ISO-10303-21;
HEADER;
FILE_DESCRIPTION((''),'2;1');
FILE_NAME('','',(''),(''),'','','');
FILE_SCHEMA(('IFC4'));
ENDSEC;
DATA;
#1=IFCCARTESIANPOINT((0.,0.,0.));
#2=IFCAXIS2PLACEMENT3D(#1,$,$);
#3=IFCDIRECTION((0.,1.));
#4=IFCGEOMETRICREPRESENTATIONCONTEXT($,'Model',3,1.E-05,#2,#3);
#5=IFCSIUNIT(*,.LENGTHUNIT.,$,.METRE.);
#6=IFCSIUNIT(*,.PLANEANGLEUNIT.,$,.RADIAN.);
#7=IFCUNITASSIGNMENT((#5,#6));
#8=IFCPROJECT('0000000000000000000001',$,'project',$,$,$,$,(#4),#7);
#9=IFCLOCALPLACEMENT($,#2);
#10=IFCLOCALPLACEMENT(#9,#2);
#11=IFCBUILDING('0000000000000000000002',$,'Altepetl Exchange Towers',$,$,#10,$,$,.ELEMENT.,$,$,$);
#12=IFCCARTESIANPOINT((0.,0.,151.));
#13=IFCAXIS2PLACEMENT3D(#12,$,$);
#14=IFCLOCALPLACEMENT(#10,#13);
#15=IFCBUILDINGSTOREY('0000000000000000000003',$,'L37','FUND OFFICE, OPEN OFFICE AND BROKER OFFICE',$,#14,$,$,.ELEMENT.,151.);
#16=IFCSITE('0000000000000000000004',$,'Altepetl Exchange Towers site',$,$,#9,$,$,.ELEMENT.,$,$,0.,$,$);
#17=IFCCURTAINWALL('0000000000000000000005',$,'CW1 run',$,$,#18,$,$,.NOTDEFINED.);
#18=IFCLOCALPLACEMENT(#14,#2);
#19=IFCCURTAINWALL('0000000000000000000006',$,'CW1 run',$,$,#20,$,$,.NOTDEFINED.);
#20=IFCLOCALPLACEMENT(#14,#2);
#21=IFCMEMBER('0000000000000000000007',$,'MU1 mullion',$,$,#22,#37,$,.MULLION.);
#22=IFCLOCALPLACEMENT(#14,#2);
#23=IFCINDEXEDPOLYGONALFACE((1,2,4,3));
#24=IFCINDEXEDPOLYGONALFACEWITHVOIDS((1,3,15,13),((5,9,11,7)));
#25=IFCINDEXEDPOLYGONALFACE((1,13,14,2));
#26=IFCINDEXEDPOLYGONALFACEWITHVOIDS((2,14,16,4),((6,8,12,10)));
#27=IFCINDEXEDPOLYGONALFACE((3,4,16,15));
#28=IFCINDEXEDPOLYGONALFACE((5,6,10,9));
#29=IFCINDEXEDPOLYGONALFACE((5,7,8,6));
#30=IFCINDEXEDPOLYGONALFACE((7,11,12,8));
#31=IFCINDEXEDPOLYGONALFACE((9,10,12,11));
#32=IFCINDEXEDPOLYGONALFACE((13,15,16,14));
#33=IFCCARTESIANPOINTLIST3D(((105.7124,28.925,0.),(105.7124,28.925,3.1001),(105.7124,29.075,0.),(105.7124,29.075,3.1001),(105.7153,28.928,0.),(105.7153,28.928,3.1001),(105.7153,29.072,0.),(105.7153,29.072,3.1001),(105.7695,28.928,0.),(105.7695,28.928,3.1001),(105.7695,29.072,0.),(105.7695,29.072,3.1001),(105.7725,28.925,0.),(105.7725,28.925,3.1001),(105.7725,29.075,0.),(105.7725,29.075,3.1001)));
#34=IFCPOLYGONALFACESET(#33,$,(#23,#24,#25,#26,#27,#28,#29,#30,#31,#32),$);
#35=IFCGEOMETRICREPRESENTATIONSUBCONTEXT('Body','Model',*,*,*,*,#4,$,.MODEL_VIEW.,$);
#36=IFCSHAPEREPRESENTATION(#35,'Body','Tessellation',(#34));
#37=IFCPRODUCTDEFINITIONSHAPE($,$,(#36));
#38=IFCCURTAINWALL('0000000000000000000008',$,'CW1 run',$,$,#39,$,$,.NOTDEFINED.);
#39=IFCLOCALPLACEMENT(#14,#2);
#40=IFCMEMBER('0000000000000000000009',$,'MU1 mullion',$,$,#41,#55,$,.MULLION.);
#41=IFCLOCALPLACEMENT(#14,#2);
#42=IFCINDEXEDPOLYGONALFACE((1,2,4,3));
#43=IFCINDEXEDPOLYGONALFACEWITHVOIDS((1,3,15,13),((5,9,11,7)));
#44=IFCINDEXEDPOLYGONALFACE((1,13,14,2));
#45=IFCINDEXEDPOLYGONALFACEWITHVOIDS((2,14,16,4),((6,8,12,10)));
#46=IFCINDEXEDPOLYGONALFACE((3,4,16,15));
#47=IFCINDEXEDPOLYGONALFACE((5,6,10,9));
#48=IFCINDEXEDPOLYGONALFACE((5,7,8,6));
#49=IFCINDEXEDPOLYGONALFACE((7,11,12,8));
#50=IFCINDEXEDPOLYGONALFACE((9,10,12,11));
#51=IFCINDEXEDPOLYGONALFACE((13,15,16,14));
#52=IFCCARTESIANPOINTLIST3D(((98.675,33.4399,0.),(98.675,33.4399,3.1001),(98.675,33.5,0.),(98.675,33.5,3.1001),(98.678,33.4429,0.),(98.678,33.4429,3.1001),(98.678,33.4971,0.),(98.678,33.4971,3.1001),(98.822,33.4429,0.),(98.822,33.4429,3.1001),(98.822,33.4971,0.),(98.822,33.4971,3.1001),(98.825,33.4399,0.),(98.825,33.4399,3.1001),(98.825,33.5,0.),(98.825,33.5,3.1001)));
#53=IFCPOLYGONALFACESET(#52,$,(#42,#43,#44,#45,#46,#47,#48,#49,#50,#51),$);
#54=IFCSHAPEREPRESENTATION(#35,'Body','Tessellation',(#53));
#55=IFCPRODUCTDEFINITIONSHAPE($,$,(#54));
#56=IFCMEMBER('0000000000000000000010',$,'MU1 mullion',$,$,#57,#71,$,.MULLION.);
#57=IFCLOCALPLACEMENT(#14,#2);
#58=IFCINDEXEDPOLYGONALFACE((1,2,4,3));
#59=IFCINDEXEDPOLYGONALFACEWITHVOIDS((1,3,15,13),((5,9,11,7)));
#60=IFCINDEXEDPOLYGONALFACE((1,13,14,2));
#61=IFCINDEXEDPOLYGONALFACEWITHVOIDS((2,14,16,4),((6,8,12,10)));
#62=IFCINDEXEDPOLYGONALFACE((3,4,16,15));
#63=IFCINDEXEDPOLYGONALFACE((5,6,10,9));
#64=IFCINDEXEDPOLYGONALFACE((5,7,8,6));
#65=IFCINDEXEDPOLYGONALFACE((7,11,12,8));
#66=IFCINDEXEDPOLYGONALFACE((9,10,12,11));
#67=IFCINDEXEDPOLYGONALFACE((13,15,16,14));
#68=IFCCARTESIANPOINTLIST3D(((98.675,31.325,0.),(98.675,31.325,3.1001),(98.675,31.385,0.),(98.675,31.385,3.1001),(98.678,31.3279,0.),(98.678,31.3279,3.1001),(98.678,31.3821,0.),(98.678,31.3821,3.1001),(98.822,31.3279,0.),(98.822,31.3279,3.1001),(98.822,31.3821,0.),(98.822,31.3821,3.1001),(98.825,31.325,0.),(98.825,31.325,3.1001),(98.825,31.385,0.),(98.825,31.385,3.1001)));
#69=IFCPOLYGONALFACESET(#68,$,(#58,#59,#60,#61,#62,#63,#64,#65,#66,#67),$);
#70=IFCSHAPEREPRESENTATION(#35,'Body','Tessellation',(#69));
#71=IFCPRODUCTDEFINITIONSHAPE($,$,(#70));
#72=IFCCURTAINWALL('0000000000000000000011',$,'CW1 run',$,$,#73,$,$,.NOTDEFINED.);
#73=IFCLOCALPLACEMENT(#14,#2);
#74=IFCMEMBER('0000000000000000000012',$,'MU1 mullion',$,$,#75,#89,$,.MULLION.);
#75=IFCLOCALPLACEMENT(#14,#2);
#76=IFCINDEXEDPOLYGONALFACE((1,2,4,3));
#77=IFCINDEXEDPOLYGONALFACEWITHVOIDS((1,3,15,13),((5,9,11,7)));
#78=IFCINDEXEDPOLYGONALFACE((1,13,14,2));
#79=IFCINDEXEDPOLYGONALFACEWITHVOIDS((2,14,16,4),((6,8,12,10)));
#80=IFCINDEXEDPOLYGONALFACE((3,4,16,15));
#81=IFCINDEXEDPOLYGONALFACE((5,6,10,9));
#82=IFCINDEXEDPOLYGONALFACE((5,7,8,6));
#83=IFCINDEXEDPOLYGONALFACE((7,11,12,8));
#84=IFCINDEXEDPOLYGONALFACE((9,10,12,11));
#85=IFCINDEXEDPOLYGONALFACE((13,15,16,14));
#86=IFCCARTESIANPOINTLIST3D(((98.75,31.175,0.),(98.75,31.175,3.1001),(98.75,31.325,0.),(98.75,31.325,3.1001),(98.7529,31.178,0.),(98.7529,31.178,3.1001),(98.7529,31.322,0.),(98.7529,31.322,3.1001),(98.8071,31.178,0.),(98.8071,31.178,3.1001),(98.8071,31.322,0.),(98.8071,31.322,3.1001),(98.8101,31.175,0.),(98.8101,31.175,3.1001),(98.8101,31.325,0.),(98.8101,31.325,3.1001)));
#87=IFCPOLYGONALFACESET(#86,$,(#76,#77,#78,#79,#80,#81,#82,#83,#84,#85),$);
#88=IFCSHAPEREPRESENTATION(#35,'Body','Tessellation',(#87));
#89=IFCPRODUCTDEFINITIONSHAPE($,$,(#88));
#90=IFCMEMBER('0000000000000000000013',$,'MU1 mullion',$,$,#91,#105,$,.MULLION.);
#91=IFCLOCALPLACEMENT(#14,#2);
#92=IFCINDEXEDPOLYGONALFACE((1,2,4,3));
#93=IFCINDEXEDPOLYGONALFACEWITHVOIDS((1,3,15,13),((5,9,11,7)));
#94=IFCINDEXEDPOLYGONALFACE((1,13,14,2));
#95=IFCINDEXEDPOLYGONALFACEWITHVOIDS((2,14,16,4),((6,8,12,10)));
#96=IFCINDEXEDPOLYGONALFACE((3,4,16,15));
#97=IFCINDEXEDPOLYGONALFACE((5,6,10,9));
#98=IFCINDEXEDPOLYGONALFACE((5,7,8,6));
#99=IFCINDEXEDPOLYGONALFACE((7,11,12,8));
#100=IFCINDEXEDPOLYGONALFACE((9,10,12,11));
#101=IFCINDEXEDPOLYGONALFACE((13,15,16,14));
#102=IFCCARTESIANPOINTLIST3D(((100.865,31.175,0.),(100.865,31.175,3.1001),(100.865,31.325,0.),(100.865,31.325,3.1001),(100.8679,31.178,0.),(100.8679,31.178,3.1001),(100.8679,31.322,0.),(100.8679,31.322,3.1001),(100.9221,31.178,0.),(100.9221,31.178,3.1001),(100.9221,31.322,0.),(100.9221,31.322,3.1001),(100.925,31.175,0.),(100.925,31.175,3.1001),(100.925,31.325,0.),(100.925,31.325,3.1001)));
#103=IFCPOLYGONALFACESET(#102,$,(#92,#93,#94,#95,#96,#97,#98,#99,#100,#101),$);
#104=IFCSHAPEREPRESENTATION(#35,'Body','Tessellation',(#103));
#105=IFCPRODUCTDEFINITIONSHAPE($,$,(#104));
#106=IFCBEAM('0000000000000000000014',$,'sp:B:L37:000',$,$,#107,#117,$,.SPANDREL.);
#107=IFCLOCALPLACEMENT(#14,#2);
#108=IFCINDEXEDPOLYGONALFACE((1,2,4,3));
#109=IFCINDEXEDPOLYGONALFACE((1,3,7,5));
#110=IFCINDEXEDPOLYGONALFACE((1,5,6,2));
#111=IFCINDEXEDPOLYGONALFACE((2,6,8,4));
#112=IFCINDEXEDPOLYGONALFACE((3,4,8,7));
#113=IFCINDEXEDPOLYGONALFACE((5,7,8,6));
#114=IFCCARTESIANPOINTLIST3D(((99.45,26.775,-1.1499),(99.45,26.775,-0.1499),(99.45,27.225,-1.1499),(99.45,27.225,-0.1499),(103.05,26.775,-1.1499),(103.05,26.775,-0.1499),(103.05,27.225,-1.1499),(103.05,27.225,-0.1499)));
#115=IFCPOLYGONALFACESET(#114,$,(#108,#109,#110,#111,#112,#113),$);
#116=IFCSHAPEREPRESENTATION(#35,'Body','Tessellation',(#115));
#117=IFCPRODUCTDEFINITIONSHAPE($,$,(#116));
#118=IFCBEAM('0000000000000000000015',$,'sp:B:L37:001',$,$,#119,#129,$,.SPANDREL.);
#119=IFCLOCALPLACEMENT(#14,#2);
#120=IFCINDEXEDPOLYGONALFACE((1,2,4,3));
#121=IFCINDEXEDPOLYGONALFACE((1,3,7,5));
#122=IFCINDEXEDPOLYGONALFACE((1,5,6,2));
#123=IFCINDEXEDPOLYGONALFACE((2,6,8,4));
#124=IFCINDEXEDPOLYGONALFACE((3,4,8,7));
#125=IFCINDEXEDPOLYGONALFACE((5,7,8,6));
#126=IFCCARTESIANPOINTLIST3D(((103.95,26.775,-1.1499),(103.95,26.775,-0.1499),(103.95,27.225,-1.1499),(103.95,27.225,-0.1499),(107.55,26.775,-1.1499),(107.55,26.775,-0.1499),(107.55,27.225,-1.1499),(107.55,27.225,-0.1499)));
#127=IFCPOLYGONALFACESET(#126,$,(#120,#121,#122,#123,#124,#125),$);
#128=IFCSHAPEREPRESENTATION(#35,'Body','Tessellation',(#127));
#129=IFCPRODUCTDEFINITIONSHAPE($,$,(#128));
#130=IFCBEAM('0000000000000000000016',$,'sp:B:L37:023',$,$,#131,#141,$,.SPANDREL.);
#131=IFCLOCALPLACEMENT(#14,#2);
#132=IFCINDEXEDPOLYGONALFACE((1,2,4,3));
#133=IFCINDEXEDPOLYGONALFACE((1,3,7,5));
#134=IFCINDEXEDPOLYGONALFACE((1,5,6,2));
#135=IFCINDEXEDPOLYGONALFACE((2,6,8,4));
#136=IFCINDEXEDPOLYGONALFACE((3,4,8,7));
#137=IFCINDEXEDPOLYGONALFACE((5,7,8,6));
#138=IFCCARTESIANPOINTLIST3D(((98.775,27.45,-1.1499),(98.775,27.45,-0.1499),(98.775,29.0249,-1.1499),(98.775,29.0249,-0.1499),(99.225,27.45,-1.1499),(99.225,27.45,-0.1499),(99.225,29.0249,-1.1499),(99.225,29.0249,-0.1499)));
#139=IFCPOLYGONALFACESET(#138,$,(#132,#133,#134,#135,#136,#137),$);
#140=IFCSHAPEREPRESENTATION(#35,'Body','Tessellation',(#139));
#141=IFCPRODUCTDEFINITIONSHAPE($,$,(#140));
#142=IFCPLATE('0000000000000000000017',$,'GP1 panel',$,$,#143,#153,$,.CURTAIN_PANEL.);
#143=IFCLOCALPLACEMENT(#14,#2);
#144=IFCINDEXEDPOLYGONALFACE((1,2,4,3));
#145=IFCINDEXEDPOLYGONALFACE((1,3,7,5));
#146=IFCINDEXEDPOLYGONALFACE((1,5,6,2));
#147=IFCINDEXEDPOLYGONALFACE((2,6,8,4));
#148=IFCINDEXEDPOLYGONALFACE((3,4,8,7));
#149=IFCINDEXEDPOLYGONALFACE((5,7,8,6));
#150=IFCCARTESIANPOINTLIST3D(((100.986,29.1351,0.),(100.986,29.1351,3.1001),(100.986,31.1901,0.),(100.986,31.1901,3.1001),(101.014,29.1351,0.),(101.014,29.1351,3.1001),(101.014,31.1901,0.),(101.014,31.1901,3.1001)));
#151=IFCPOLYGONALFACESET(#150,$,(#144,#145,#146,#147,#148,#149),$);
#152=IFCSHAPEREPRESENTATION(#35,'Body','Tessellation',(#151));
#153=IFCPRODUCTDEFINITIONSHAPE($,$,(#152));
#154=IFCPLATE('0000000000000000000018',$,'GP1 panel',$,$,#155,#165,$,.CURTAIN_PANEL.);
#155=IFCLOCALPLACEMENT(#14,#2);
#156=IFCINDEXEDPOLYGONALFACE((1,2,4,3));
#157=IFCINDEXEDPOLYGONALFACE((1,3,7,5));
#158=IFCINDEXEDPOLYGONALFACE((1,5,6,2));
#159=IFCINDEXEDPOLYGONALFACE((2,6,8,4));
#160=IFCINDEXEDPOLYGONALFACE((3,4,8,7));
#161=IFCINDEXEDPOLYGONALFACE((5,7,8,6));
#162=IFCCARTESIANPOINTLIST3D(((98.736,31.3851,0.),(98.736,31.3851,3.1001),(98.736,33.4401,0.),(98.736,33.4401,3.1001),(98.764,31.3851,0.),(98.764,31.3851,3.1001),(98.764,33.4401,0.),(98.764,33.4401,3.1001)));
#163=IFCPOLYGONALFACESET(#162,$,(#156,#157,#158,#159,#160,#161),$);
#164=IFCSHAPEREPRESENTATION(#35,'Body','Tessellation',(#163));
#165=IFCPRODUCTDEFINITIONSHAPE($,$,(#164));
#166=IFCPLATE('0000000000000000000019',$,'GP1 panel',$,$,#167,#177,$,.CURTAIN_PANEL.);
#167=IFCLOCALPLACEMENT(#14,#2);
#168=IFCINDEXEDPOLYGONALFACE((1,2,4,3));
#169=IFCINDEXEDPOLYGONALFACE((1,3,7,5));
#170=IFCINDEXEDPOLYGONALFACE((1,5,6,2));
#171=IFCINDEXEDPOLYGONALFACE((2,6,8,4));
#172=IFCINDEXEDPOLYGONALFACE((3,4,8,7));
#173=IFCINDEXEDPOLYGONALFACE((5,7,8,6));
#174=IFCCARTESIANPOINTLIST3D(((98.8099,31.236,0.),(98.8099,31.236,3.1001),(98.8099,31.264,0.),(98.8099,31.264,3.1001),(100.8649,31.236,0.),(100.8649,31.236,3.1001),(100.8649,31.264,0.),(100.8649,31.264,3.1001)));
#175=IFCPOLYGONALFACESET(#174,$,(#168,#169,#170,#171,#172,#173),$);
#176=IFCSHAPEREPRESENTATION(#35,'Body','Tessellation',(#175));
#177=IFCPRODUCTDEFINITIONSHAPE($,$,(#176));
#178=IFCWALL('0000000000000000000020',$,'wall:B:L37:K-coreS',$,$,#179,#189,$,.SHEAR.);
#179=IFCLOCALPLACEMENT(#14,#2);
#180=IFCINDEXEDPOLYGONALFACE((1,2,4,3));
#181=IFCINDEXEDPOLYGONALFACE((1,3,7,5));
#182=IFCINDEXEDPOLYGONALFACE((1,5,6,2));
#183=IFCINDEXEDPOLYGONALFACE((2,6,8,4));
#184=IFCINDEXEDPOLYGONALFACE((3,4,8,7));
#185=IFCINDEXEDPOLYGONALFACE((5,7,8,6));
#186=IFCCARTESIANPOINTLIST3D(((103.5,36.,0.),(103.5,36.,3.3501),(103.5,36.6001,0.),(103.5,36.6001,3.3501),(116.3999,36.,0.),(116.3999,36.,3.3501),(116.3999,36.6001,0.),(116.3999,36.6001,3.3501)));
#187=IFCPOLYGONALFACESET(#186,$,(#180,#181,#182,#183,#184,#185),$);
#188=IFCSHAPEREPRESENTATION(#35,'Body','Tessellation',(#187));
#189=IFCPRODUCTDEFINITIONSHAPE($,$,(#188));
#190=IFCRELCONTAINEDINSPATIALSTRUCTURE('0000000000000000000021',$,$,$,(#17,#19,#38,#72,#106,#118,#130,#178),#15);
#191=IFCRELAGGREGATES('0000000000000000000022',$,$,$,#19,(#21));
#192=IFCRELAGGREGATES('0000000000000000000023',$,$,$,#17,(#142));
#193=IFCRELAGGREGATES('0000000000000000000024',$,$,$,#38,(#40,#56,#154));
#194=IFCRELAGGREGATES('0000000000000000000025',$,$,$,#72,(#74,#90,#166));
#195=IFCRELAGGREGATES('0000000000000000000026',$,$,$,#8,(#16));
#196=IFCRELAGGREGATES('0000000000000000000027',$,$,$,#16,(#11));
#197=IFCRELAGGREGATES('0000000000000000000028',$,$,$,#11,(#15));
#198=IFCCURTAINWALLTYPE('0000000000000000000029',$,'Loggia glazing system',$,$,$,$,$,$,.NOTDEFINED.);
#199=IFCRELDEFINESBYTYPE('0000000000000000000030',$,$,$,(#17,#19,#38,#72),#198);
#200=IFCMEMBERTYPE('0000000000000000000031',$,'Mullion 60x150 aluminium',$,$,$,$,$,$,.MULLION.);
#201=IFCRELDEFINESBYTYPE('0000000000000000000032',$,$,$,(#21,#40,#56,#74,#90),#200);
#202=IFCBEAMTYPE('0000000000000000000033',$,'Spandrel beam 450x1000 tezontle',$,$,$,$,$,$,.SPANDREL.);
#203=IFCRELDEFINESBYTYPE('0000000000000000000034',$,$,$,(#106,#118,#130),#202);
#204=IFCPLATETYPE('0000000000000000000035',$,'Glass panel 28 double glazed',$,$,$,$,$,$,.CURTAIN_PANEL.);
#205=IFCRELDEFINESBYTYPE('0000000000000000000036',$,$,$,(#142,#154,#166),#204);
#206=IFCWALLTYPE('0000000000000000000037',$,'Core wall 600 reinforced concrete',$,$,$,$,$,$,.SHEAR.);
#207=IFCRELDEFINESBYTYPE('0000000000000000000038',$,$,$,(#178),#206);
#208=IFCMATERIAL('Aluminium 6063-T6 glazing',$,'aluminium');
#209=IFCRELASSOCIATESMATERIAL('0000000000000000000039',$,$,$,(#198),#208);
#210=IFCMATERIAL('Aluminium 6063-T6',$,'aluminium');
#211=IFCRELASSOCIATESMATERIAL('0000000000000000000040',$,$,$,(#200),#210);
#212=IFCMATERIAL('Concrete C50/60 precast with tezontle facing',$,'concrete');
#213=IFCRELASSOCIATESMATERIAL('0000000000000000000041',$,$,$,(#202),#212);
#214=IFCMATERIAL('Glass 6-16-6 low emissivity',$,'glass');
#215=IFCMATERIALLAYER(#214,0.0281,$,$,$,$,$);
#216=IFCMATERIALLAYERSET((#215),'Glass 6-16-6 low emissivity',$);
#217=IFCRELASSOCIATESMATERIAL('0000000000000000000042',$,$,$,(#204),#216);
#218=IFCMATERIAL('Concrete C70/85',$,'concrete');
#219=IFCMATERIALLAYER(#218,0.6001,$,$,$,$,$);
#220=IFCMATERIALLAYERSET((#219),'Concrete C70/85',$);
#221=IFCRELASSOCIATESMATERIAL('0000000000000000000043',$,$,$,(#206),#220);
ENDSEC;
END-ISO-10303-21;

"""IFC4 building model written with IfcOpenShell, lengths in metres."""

from ifc_helpers import new_model, si_unit, direction, frame, frame_2d, origin, origin_2d, place, context, subcontext, project, spatial, rectangle, hollow_rectangle, extrude, material, layer, layer_set, material_profile, profile_set, type_object, element, aggregate, save


model = new_model("IFC4")

# Units and contexts
model_context = context("Model", 3, precision=1e-05, world=origin(), true_north=direction((0.0, 1.0)))
body_context = subcontext(model_context, "Body", "Model", "MODEL_VIEW")
ifc_project = project(units=[si_unit("LENGTHUNIT", "METRE"), si_unit("PLANEANGLEUNIT", "RADIAN")], contexts=[model_context])

# Site, building, storey
site_placement = place(None, origin())
site = spatial("IfcSite", under=ifc_project, at=site_placement, Name="Altepetl Exchange Towers site", CompositionType="ELEMENT", RefElevation=0.0)
building_placement = place(site_placement, origin())
building = spatial("IfcBuilding", under=site, at=building_placement, Name="Altepetl Exchange Towers", CompositionType="ELEMENT")
storey_placement = place(building_placement, frame((0.0, 0.0, 151.0)))
storey = spatial("IfcBuildingStorey", under=building, at=storey_placement, Name="L37", Description="FUND OFFICE, OPEN OFFICE AND BROKER OFFICE", CompositionType="ELEMENT", Elevation=151.0)

# Shared definitions
ifc_material_1 = material(Name="Concrete C70/85", Category="concrete")

# Curtain wall
ifc_material_2 = material(Name="Aluminium 6063-T6 glazing", Category="aluminium")
curtain_wall_type = type_object("IfcCurtainWallType", Name="Loggia glazing system", PredefinedType="NOTDEFINED", material=ifc_material_2)
curtain_wall_1_placement = place(storey_placement, origin())
curtain_wall_1 = element("IfcCurtainWall", 1, at=curtain_wall_1_placement, inside=storey, type_object=curtain_wall_type, Name="CW1 run", PredefinedType="NOTDEFINED")
ifc_material_3 = material(Name="Aluminium 6063-T6", Category="aluminium")
ifc_material_profile_1 = material_profile(ifc_material_3, hollow_rectangle(XDim=0.0601, YDim=0.1499, WallThickness=0.0029, at=origin_2d()), Name="Mullion 60x150 aluminium")
ifc_profile_set_1 = profile_set([ifc_material_profile_1], Name="Aluminium 6063-T6")
member_type = type_object("IfcMemberType", Name="Mullion 60x150 aluminium", PredefinedType="MULLION", material=ifc_profile_set_1)

# Curtain wall, member
curtain_wall_2_placement = place(storey_placement, origin())
curtain_wall_2 = element("IfcCurtainWall", 2, at=curtain_wall_2_placement, inside=storey, type_object=curtain_wall_type, Name="CW1 run", PredefinedType="NOTDEFINED")
member_1_placement = place(storey_placement, frame((105.7424, 29.0, 0.0)))
member_1 = element("IfcMember", 3, at=member_1_placement, type_object=member_type, Name="MU1 mullion", PredefinedType="MULLION", context=body_context, shape_type="SweptSolid", body=[
    extrude(hollow_rectangle(XDim=0.0601, YDim=0.1499, WallThickness=0.0029, at=origin_2d()), origin(), (0.0, 0.0, 1.0), 3.1001),
])
aggregate(curtain_wall_2, [member_1])

# Curtain walls, members
curtain_wall_3_placement = place(storey_placement, origin())
curtain_wall_3 = element("IfcCurtainWall", 4, at=curtain_wall_3_placement, inside=storey, type_object=curtain_wall_type, Name="CW1 run", PredefinedType="NOTDEFINED")
member_2_placement = place(storey_placement, frame((98.75, 33.47, 0.0), z_axis=(0.0, 0.0, 1.0), x_axis=(0.0, -1.0, 0.0)))
member_2 = element("IfcMember", 5, at=member_2_placement, type_object=member_type, Name="MU1 mullion", PredefinedType="MULLION", context=body_context, shape_type="SweptSolid", body=[
    extrude(hollow_rectangle(XDim=0.0601, YDim=0.1499, WallThickness=0.0029, at=origin_2d()), origin(), (0.0, 0.0, 1.0), 3.1001),
])
member_3_placement = place(storey_placement, frame((98.75, 31.355, 0.0), z_axis=(0.0, 0.0, 1.0), x_axis=(0.0, -1.0, 0.0)))
member_3 = element("IfcMember", 6, at=member_3_placement, type_object=member_type, Name="MU1 mullion", PredefinedType="MULLION", context=body_context, shape_type="SweptSolid", body=[
    extrude(hollow_rectangle(XDim=0.0601, YDim=0.1499, WallThickness=0.0029, at=origin_2d()), origin(), (0.0, 0.0, 1.0), 3.1001),
])
curtain_wall_4_placement = place(storey_placement, origin())
curtain_wall_4 = element("IfcCurtainWall", 7, at=curtain_wall_4_placement, inside=storey, type_object=curtain_wall_type, Name="CW1 run", PredefinedType="NOTDEFINED")
member_4_placement = place(storey_placement, frame((98.78, 31.25, 0.0)))
member_4 = element("IfcMember", 8, at=member_4_placement, type_object=member_type, Name="MU1 mullion", PredefinedType="MULLION", context=body_context, shape_type="SweptSolid", body=[
    extrude(hollow_rectangle(XDim=0.0601, YDim=0.1499, WallThickness=0.0029, at=origin_2d()), origin(), (0.0, 0.0, 1.0), 3.1001),
])
member_5_placement = place(storey_placement, frame((100.895, 31.25, 0.0)))
member_5 = element("IfcMember", 9, at=member_5_placement, type_object=member_type, Name="MU1 mullion", PredefinedType="MULLION", context=body_context, shape_type="SweptSolid", body=[
    extrude(hollow_rectangle(XDim=0.0601, YDim=0.1499, WallThickness=0.0029, at=origin_2d()), origin(), (0.0, 0.0, 1.0), 3.1001),
])

# Beams
ifc_material_4 = material(Name="Concrete C50/60 precast with tezontle facing", Category="concrete")
ifc_material_profile_2 = material_profile(ifc_material_4, rectangle(XDim=0.45, YDim=1.0, at=origin_2d()), Name="450 x 1000")
ifc_profile_set_2 = profile_set([ifc_material_profile_2], Name="Concrete C50/60 precast with tezontle facing")
beam_type_1 = type_object("IfcBeamType", Name="Spandrel beam 450x1000 tezontle", PredefinedType="SPANDREL", material=ifc_profile_set_2)
for number, where, z_axis, x_axis, name in (
    (10, (99.45, 27.0, -0.6499), (1.0, 0.0, 0.0), (0.0, 1.0, 0.0), "sp:B:L37:000"),
    (11, (103.95, 27.0, -0.6499), (1.0, 0.0, 0.0), (0.0, 1.0, 0.0), "sp:B:L37:001"),
):
    element("IfcBeam", number, at=place(storey_placement, frame(where, z_axis=z_axis, x_axis=x_axis)), inside=storey, type_object=beam_type_1, Name=name, PredefinedType="SPANDREL", context=body_context, shape_type="SweptSolid", body=[
        extrude(rectangle(XDim=0.45, YDim=1.0, at=origin_2d()), origin(), (0.0, 0.0, 1.0), 3.6001),
    ])
beam_1_placement = place(storey_placement, frame((99.0, 29.0249, -0.6499), z_axis=(0.0, -1.0, 0.0), x_axis=(1.0, 0.0, 0.0)))
element("IfcBeam", 12, at=beam_1_placement, inside=storey, type_object=beam_type_1, Name="sp:B:L37:023", PredefinedType="SPANDREL", context=body_context, shape_type="SweptSolid", body=[
    extrude(rectangle(XDim=0.45, YDim=1.0, at=origin_2d()), origin(), (0.0, 0.0, 1.0), 1.575),
])

# Plates
ifc_material_5 = material(Name="Glass 6-16-6 low emissivity", Category="glass")
ifc_layer_1 = layer(ifc_material_5, 0.0281)
ifc_layer_set_1 = layer_set([ifc_layer_1], Name="Glass 6-16-6 low emissivity")
plate_type = type_object("IfcPlateType", Name="Glass panel 28 double glazed", PredefinedType="CURTAIN_PANEL", material=ifc_layer_set_1)
plate_1_placement = place(storey_placement, frame((101.0, 30.1626, 0.0), z_axis=(0.0, 0.0, 1.0), x_axis=(0.0, -1.0, 0.0)))
plate_1 = element("IfcPlate", 13, at=plate_1_placement, type_object=plate_type, Name="GP1 panel", PredefinedType="CURTAIN_PANEL", context=body_context, shape_type="SweptSolid", body=[
    extrude(rectangle(XDim=2.0549, YDim=0.0281, at=origin_2d()), origin(), (0.0, 0.0, 1.0), 3.1001),
])
aggregate(curtain_wall_1, [plate_1])
plate_2_placement = place(storey_placement, frame((98.75, 32.4126, 0.0), z_axis=(0.0, 0.0, 1.0), x_axis=(0.0, -1.0, 0.0)))
plate_2 = element("IfcPlate", 14, at=plate_2_placement, type_object=plate_type, Name="GP1 panel", PredefinedType="CURTAIN_PANEL", context=body_context, shape_type="SweptSolid", body=[
    extrude(rectangle(XDim=2.0549, YDim=0.0281, at=origin_2d()), origin(), (0.0, 0.0, 1.0), 3.1001),
])
aggregate(curtain_wall_3, [member_2, member_3, plate_2])
plate_3_placement = place(storey_placement, frame((99.8374, 31.25, 0.0)))
plate_3 = element("IfcPlate", 15, at=plate_3_placement, type_object=plate_type, Name="GP1 panel", PredefinedType="CURTAIN_PANEL", context=body_context, shape_type="SweptSolid", body=[
    extrude(rectangle(XDim=2.0549, YDim=0.0281, at=origin_2d()), origin(), (0.0, 0.0, 1.0), 3.1001),
])
aggregate(curtain_wall_4, [member_4, member_5, plate_3])

# Wall
ifc_layer_2 = layer(ifc_material_1, 0.6001)
ifc_layer_set_2 = layer_set([ifc_layer_2], Name="Concrete C70/85")
wall_type_1 = type_object("IfcWallType", Name="Core wall 600 reinforced concrete", PredefinedType="SHEAR", material=ifc_layer_set_2)
wall_1_placement = place(storey_placement, frame((103.5, 36.3, 0.0)))
element("IfcWall", 16, at=wall_1_placement, inside=storey, type_object=wall_type_1, Name="wall:B:L37:K-coreS", PredefinedType="SHEAR", context=body_context, shape_type="SweptSolid", body=[
    extrude(rectangle(XDim=12.8999, YDim=0.6001, at=frame_2d((6.45, 0.0))), origin(), (0.0, 0.0, 1.0), 3.3501),
])

save(model, "model.ifc")
